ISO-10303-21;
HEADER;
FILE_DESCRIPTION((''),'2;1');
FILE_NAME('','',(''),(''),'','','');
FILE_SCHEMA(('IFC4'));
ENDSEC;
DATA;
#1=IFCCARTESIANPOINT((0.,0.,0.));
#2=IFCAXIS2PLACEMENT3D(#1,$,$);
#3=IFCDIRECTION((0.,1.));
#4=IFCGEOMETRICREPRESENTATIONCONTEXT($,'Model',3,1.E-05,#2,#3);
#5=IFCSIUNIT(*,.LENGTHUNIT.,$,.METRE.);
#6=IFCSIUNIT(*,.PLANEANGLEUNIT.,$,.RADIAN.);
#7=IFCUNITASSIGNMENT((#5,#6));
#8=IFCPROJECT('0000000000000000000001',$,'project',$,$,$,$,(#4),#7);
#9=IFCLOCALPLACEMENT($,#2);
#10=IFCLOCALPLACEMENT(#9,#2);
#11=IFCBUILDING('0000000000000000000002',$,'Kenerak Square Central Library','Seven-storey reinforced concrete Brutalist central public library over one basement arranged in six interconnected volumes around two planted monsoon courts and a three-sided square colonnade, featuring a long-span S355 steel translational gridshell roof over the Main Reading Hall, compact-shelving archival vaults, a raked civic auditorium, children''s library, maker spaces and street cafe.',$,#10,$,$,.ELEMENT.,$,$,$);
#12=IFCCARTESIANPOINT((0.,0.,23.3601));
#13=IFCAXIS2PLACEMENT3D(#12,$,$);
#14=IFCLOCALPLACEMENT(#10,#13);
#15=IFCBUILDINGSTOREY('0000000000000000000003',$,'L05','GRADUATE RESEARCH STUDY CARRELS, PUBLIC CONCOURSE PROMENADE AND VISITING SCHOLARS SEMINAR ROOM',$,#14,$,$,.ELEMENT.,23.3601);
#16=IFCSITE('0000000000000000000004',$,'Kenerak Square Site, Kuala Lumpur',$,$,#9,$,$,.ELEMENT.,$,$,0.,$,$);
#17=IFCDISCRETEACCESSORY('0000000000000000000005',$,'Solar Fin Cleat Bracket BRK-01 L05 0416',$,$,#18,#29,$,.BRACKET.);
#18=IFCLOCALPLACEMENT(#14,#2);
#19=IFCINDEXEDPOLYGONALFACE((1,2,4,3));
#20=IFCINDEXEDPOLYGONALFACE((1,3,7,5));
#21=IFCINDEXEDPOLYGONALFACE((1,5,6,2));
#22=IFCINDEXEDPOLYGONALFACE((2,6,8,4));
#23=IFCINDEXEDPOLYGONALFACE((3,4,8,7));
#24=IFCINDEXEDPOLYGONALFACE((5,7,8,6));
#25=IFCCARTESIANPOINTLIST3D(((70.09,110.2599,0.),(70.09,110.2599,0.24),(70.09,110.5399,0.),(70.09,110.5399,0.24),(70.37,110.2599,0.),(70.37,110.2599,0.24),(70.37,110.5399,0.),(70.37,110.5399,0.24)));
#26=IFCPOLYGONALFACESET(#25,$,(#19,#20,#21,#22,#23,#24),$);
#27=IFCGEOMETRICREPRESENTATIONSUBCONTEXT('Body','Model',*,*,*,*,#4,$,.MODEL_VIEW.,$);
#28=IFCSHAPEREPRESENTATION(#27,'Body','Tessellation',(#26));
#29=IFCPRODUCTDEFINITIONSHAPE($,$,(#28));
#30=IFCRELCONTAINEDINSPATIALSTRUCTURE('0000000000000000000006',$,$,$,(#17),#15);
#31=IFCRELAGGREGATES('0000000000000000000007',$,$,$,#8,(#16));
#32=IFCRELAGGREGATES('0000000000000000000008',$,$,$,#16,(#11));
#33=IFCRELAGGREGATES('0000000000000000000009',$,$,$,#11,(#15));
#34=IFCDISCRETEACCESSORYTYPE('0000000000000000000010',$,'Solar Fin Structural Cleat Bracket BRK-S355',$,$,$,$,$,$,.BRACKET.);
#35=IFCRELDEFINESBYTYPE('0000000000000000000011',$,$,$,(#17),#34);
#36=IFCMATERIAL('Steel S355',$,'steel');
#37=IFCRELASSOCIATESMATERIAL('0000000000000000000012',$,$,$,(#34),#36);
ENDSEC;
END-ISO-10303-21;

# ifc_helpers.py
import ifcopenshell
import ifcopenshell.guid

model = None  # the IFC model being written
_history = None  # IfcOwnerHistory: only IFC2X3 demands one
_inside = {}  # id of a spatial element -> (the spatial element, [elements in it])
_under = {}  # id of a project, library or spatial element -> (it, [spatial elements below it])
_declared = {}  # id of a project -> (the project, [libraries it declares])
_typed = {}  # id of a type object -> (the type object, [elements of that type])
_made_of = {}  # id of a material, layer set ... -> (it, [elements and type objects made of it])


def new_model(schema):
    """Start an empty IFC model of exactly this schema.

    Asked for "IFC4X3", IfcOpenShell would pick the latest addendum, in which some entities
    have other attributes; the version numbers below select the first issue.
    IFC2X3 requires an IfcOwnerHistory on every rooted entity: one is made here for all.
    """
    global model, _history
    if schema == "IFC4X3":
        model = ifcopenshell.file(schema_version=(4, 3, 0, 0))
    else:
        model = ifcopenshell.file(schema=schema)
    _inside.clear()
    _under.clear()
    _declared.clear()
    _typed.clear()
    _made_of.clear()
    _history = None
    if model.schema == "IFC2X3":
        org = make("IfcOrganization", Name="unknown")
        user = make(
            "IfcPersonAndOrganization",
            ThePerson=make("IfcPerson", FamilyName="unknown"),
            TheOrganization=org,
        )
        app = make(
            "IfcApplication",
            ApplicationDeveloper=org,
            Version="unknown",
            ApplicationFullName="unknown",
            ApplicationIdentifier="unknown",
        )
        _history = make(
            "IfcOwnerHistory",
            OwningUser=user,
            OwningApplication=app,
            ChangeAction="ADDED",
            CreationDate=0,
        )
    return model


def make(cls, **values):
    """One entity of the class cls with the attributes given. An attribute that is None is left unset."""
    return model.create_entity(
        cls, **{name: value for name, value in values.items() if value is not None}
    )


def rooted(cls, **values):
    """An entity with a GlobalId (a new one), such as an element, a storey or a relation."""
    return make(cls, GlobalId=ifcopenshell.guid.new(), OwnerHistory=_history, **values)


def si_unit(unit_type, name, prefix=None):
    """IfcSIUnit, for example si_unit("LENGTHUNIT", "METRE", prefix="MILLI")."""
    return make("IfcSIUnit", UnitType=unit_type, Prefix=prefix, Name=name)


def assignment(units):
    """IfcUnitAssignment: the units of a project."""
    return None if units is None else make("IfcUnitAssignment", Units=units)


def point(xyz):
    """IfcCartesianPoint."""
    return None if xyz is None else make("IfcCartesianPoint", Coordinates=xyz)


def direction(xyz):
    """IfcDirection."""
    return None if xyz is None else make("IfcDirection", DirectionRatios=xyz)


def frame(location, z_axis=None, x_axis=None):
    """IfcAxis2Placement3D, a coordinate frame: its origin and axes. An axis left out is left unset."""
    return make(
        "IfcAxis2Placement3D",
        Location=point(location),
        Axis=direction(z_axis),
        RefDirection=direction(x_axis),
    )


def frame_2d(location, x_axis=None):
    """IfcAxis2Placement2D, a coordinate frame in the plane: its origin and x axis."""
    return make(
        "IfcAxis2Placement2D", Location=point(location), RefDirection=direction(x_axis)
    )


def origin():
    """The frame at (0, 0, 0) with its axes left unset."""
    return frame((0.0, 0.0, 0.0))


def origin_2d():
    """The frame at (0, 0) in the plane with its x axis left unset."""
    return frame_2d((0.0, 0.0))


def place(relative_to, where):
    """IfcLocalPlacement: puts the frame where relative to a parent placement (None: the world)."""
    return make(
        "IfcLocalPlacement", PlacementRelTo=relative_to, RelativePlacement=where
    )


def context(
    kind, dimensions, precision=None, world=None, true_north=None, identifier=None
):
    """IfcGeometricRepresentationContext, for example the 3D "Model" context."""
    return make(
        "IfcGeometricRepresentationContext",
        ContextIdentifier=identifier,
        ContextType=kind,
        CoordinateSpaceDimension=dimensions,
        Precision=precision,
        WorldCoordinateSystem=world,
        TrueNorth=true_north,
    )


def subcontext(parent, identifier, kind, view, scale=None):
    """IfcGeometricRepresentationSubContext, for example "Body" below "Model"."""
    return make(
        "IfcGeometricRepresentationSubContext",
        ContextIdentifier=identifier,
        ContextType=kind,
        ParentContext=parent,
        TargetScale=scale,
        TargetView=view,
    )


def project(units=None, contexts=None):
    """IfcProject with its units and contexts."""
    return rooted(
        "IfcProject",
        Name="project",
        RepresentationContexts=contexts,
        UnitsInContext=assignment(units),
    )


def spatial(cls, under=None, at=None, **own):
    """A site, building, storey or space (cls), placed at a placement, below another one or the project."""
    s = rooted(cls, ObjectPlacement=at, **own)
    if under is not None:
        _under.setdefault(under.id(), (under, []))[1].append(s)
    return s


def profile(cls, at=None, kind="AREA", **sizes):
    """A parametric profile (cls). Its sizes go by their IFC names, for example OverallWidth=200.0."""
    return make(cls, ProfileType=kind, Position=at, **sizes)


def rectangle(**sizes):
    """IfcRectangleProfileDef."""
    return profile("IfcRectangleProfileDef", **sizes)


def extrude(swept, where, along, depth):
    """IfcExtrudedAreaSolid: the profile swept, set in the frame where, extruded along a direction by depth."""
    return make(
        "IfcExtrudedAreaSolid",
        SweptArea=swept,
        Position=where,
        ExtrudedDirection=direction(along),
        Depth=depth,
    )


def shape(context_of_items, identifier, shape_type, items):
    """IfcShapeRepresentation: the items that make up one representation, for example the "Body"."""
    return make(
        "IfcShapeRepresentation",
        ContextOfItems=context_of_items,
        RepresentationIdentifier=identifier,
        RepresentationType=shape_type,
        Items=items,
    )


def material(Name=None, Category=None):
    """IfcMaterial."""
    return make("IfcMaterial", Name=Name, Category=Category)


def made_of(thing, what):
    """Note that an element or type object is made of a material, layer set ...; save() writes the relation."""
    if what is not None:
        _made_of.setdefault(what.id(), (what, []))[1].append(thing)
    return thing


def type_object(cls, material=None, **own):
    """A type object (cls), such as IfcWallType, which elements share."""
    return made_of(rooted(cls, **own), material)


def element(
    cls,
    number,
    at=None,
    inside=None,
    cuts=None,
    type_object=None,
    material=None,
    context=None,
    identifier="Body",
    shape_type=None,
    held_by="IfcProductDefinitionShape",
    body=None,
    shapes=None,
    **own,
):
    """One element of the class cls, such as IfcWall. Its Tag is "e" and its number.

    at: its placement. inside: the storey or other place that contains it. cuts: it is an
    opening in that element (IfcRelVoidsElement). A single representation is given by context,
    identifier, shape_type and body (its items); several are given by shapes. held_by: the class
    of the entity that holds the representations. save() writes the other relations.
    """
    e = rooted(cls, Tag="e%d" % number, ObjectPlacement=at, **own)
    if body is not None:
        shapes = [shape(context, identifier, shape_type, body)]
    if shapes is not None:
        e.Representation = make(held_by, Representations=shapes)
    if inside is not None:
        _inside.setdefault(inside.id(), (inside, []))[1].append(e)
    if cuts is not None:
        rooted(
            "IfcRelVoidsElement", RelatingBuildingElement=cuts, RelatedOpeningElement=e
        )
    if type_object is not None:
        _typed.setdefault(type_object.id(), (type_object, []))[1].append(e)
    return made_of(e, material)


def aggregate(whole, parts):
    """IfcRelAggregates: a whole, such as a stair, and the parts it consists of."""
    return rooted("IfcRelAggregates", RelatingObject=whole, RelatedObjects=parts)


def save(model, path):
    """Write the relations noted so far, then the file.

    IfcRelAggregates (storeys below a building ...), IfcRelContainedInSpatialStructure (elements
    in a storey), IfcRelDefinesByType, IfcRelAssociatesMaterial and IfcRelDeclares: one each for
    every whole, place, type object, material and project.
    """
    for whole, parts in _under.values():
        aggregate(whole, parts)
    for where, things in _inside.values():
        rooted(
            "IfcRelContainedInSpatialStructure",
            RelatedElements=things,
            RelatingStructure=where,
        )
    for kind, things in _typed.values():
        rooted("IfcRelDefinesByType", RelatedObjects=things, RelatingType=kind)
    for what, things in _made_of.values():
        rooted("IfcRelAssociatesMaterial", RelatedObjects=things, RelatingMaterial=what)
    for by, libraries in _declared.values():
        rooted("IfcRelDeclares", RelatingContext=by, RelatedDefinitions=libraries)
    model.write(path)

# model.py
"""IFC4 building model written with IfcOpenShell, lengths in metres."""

from ifc_helpers import new_model, si_unit, direction, frame, origin, origin_2d, place, context, subcontext, project, spatial, rectangle, extrude, material, type_object, element, save


model = new_model("IFC4")

# Units and contexts
model_context = context("Model", 3, precision=1e-05, world=origin(), true_north=direction((0.0, 1.0)))
body_context = subcontext(model_context, "Body", "Model", "MODEL_VIEW")
ifc_project = project(units=[si_unit("LENGTHUNIT", "METRE"), si_unit("PLANEANGLEUNIT", "RADIAN")], contexts=[model_context])

# Site, building, storey
site_placement = place(None, origin())
site = spatial("IfcSite", under=ifc_project, at=site_placement, Name="Kenerak Square Site, Kuala Lumpur", CompositionType="ELEMENT", RefElevation=0.0)
building_placement = place(site_placement, origin())
building = spatial("IfcBuilding", under=site, at=building_placement, Name="Kenerak Square Central Library", Description="Seven-storey reinforced concrete Brutalist central public library over one basement arranged in six interconnected volumes around two planted monsoon courts and a three-sided square colonnade, featuring a long-span S355 steel translational gridshell roof over the Main Reading Hall, compact-shelving archival vaults, a raked civic auditorium, children's library, maker spaces and street cafe.", CompositionType="ELEMENT")
storey_placement = place(building_placement, frame((0.0, 0.0, 23.3601)))
storey = spatial("IfcBuildingStorey", under=building, at=storey_placement, Name="L05", Description="GRADUATE RESEARCH STUDY CARRELS, PUBLIC CONCOURSE PROMENADE AND VISITING SCHOLARS SEMINAR ROOM", CompositionType="ELEMENT", Elevation=23.3601)

# Shared definitions
ifc_material_1 = material(Name="Steel S355", Category="steel")

# Discrete accessory
discrete_accessory_type = type_object("IfcDiscreteAccessoryType", Name="Solar Fin Structural Cleat Bracket BRK-S355", PredefinedType="BRACKET", material=ifc_material_1)
for number, where, z_axis, x_axis, name in (
    (1, (70.23, 110.3999, 0.0), (0.0, 0.0, 1.0), (1.0, 0.0, 0.0), "Solar Fin Cleat Bracket BRK-01 L05 0416"),
):
    element("IfcDiscreteAccessory", number, at=place(storey_placement, frame(where, z_axis=z_axis, x_axis=x_axis)), inside=storey, type_object=discrete_accessory_type, Name=name, PredefinedType="BRACKET", context=body_context, shape_type="SweptSolid", body=[
        extrude(rectangle(XDim=0.28, YDim=0.28, at=origin_2d()), origin(), (0.0, 0.0, 1.0), 0.24),
    ])

save(model, "model.ifc")
